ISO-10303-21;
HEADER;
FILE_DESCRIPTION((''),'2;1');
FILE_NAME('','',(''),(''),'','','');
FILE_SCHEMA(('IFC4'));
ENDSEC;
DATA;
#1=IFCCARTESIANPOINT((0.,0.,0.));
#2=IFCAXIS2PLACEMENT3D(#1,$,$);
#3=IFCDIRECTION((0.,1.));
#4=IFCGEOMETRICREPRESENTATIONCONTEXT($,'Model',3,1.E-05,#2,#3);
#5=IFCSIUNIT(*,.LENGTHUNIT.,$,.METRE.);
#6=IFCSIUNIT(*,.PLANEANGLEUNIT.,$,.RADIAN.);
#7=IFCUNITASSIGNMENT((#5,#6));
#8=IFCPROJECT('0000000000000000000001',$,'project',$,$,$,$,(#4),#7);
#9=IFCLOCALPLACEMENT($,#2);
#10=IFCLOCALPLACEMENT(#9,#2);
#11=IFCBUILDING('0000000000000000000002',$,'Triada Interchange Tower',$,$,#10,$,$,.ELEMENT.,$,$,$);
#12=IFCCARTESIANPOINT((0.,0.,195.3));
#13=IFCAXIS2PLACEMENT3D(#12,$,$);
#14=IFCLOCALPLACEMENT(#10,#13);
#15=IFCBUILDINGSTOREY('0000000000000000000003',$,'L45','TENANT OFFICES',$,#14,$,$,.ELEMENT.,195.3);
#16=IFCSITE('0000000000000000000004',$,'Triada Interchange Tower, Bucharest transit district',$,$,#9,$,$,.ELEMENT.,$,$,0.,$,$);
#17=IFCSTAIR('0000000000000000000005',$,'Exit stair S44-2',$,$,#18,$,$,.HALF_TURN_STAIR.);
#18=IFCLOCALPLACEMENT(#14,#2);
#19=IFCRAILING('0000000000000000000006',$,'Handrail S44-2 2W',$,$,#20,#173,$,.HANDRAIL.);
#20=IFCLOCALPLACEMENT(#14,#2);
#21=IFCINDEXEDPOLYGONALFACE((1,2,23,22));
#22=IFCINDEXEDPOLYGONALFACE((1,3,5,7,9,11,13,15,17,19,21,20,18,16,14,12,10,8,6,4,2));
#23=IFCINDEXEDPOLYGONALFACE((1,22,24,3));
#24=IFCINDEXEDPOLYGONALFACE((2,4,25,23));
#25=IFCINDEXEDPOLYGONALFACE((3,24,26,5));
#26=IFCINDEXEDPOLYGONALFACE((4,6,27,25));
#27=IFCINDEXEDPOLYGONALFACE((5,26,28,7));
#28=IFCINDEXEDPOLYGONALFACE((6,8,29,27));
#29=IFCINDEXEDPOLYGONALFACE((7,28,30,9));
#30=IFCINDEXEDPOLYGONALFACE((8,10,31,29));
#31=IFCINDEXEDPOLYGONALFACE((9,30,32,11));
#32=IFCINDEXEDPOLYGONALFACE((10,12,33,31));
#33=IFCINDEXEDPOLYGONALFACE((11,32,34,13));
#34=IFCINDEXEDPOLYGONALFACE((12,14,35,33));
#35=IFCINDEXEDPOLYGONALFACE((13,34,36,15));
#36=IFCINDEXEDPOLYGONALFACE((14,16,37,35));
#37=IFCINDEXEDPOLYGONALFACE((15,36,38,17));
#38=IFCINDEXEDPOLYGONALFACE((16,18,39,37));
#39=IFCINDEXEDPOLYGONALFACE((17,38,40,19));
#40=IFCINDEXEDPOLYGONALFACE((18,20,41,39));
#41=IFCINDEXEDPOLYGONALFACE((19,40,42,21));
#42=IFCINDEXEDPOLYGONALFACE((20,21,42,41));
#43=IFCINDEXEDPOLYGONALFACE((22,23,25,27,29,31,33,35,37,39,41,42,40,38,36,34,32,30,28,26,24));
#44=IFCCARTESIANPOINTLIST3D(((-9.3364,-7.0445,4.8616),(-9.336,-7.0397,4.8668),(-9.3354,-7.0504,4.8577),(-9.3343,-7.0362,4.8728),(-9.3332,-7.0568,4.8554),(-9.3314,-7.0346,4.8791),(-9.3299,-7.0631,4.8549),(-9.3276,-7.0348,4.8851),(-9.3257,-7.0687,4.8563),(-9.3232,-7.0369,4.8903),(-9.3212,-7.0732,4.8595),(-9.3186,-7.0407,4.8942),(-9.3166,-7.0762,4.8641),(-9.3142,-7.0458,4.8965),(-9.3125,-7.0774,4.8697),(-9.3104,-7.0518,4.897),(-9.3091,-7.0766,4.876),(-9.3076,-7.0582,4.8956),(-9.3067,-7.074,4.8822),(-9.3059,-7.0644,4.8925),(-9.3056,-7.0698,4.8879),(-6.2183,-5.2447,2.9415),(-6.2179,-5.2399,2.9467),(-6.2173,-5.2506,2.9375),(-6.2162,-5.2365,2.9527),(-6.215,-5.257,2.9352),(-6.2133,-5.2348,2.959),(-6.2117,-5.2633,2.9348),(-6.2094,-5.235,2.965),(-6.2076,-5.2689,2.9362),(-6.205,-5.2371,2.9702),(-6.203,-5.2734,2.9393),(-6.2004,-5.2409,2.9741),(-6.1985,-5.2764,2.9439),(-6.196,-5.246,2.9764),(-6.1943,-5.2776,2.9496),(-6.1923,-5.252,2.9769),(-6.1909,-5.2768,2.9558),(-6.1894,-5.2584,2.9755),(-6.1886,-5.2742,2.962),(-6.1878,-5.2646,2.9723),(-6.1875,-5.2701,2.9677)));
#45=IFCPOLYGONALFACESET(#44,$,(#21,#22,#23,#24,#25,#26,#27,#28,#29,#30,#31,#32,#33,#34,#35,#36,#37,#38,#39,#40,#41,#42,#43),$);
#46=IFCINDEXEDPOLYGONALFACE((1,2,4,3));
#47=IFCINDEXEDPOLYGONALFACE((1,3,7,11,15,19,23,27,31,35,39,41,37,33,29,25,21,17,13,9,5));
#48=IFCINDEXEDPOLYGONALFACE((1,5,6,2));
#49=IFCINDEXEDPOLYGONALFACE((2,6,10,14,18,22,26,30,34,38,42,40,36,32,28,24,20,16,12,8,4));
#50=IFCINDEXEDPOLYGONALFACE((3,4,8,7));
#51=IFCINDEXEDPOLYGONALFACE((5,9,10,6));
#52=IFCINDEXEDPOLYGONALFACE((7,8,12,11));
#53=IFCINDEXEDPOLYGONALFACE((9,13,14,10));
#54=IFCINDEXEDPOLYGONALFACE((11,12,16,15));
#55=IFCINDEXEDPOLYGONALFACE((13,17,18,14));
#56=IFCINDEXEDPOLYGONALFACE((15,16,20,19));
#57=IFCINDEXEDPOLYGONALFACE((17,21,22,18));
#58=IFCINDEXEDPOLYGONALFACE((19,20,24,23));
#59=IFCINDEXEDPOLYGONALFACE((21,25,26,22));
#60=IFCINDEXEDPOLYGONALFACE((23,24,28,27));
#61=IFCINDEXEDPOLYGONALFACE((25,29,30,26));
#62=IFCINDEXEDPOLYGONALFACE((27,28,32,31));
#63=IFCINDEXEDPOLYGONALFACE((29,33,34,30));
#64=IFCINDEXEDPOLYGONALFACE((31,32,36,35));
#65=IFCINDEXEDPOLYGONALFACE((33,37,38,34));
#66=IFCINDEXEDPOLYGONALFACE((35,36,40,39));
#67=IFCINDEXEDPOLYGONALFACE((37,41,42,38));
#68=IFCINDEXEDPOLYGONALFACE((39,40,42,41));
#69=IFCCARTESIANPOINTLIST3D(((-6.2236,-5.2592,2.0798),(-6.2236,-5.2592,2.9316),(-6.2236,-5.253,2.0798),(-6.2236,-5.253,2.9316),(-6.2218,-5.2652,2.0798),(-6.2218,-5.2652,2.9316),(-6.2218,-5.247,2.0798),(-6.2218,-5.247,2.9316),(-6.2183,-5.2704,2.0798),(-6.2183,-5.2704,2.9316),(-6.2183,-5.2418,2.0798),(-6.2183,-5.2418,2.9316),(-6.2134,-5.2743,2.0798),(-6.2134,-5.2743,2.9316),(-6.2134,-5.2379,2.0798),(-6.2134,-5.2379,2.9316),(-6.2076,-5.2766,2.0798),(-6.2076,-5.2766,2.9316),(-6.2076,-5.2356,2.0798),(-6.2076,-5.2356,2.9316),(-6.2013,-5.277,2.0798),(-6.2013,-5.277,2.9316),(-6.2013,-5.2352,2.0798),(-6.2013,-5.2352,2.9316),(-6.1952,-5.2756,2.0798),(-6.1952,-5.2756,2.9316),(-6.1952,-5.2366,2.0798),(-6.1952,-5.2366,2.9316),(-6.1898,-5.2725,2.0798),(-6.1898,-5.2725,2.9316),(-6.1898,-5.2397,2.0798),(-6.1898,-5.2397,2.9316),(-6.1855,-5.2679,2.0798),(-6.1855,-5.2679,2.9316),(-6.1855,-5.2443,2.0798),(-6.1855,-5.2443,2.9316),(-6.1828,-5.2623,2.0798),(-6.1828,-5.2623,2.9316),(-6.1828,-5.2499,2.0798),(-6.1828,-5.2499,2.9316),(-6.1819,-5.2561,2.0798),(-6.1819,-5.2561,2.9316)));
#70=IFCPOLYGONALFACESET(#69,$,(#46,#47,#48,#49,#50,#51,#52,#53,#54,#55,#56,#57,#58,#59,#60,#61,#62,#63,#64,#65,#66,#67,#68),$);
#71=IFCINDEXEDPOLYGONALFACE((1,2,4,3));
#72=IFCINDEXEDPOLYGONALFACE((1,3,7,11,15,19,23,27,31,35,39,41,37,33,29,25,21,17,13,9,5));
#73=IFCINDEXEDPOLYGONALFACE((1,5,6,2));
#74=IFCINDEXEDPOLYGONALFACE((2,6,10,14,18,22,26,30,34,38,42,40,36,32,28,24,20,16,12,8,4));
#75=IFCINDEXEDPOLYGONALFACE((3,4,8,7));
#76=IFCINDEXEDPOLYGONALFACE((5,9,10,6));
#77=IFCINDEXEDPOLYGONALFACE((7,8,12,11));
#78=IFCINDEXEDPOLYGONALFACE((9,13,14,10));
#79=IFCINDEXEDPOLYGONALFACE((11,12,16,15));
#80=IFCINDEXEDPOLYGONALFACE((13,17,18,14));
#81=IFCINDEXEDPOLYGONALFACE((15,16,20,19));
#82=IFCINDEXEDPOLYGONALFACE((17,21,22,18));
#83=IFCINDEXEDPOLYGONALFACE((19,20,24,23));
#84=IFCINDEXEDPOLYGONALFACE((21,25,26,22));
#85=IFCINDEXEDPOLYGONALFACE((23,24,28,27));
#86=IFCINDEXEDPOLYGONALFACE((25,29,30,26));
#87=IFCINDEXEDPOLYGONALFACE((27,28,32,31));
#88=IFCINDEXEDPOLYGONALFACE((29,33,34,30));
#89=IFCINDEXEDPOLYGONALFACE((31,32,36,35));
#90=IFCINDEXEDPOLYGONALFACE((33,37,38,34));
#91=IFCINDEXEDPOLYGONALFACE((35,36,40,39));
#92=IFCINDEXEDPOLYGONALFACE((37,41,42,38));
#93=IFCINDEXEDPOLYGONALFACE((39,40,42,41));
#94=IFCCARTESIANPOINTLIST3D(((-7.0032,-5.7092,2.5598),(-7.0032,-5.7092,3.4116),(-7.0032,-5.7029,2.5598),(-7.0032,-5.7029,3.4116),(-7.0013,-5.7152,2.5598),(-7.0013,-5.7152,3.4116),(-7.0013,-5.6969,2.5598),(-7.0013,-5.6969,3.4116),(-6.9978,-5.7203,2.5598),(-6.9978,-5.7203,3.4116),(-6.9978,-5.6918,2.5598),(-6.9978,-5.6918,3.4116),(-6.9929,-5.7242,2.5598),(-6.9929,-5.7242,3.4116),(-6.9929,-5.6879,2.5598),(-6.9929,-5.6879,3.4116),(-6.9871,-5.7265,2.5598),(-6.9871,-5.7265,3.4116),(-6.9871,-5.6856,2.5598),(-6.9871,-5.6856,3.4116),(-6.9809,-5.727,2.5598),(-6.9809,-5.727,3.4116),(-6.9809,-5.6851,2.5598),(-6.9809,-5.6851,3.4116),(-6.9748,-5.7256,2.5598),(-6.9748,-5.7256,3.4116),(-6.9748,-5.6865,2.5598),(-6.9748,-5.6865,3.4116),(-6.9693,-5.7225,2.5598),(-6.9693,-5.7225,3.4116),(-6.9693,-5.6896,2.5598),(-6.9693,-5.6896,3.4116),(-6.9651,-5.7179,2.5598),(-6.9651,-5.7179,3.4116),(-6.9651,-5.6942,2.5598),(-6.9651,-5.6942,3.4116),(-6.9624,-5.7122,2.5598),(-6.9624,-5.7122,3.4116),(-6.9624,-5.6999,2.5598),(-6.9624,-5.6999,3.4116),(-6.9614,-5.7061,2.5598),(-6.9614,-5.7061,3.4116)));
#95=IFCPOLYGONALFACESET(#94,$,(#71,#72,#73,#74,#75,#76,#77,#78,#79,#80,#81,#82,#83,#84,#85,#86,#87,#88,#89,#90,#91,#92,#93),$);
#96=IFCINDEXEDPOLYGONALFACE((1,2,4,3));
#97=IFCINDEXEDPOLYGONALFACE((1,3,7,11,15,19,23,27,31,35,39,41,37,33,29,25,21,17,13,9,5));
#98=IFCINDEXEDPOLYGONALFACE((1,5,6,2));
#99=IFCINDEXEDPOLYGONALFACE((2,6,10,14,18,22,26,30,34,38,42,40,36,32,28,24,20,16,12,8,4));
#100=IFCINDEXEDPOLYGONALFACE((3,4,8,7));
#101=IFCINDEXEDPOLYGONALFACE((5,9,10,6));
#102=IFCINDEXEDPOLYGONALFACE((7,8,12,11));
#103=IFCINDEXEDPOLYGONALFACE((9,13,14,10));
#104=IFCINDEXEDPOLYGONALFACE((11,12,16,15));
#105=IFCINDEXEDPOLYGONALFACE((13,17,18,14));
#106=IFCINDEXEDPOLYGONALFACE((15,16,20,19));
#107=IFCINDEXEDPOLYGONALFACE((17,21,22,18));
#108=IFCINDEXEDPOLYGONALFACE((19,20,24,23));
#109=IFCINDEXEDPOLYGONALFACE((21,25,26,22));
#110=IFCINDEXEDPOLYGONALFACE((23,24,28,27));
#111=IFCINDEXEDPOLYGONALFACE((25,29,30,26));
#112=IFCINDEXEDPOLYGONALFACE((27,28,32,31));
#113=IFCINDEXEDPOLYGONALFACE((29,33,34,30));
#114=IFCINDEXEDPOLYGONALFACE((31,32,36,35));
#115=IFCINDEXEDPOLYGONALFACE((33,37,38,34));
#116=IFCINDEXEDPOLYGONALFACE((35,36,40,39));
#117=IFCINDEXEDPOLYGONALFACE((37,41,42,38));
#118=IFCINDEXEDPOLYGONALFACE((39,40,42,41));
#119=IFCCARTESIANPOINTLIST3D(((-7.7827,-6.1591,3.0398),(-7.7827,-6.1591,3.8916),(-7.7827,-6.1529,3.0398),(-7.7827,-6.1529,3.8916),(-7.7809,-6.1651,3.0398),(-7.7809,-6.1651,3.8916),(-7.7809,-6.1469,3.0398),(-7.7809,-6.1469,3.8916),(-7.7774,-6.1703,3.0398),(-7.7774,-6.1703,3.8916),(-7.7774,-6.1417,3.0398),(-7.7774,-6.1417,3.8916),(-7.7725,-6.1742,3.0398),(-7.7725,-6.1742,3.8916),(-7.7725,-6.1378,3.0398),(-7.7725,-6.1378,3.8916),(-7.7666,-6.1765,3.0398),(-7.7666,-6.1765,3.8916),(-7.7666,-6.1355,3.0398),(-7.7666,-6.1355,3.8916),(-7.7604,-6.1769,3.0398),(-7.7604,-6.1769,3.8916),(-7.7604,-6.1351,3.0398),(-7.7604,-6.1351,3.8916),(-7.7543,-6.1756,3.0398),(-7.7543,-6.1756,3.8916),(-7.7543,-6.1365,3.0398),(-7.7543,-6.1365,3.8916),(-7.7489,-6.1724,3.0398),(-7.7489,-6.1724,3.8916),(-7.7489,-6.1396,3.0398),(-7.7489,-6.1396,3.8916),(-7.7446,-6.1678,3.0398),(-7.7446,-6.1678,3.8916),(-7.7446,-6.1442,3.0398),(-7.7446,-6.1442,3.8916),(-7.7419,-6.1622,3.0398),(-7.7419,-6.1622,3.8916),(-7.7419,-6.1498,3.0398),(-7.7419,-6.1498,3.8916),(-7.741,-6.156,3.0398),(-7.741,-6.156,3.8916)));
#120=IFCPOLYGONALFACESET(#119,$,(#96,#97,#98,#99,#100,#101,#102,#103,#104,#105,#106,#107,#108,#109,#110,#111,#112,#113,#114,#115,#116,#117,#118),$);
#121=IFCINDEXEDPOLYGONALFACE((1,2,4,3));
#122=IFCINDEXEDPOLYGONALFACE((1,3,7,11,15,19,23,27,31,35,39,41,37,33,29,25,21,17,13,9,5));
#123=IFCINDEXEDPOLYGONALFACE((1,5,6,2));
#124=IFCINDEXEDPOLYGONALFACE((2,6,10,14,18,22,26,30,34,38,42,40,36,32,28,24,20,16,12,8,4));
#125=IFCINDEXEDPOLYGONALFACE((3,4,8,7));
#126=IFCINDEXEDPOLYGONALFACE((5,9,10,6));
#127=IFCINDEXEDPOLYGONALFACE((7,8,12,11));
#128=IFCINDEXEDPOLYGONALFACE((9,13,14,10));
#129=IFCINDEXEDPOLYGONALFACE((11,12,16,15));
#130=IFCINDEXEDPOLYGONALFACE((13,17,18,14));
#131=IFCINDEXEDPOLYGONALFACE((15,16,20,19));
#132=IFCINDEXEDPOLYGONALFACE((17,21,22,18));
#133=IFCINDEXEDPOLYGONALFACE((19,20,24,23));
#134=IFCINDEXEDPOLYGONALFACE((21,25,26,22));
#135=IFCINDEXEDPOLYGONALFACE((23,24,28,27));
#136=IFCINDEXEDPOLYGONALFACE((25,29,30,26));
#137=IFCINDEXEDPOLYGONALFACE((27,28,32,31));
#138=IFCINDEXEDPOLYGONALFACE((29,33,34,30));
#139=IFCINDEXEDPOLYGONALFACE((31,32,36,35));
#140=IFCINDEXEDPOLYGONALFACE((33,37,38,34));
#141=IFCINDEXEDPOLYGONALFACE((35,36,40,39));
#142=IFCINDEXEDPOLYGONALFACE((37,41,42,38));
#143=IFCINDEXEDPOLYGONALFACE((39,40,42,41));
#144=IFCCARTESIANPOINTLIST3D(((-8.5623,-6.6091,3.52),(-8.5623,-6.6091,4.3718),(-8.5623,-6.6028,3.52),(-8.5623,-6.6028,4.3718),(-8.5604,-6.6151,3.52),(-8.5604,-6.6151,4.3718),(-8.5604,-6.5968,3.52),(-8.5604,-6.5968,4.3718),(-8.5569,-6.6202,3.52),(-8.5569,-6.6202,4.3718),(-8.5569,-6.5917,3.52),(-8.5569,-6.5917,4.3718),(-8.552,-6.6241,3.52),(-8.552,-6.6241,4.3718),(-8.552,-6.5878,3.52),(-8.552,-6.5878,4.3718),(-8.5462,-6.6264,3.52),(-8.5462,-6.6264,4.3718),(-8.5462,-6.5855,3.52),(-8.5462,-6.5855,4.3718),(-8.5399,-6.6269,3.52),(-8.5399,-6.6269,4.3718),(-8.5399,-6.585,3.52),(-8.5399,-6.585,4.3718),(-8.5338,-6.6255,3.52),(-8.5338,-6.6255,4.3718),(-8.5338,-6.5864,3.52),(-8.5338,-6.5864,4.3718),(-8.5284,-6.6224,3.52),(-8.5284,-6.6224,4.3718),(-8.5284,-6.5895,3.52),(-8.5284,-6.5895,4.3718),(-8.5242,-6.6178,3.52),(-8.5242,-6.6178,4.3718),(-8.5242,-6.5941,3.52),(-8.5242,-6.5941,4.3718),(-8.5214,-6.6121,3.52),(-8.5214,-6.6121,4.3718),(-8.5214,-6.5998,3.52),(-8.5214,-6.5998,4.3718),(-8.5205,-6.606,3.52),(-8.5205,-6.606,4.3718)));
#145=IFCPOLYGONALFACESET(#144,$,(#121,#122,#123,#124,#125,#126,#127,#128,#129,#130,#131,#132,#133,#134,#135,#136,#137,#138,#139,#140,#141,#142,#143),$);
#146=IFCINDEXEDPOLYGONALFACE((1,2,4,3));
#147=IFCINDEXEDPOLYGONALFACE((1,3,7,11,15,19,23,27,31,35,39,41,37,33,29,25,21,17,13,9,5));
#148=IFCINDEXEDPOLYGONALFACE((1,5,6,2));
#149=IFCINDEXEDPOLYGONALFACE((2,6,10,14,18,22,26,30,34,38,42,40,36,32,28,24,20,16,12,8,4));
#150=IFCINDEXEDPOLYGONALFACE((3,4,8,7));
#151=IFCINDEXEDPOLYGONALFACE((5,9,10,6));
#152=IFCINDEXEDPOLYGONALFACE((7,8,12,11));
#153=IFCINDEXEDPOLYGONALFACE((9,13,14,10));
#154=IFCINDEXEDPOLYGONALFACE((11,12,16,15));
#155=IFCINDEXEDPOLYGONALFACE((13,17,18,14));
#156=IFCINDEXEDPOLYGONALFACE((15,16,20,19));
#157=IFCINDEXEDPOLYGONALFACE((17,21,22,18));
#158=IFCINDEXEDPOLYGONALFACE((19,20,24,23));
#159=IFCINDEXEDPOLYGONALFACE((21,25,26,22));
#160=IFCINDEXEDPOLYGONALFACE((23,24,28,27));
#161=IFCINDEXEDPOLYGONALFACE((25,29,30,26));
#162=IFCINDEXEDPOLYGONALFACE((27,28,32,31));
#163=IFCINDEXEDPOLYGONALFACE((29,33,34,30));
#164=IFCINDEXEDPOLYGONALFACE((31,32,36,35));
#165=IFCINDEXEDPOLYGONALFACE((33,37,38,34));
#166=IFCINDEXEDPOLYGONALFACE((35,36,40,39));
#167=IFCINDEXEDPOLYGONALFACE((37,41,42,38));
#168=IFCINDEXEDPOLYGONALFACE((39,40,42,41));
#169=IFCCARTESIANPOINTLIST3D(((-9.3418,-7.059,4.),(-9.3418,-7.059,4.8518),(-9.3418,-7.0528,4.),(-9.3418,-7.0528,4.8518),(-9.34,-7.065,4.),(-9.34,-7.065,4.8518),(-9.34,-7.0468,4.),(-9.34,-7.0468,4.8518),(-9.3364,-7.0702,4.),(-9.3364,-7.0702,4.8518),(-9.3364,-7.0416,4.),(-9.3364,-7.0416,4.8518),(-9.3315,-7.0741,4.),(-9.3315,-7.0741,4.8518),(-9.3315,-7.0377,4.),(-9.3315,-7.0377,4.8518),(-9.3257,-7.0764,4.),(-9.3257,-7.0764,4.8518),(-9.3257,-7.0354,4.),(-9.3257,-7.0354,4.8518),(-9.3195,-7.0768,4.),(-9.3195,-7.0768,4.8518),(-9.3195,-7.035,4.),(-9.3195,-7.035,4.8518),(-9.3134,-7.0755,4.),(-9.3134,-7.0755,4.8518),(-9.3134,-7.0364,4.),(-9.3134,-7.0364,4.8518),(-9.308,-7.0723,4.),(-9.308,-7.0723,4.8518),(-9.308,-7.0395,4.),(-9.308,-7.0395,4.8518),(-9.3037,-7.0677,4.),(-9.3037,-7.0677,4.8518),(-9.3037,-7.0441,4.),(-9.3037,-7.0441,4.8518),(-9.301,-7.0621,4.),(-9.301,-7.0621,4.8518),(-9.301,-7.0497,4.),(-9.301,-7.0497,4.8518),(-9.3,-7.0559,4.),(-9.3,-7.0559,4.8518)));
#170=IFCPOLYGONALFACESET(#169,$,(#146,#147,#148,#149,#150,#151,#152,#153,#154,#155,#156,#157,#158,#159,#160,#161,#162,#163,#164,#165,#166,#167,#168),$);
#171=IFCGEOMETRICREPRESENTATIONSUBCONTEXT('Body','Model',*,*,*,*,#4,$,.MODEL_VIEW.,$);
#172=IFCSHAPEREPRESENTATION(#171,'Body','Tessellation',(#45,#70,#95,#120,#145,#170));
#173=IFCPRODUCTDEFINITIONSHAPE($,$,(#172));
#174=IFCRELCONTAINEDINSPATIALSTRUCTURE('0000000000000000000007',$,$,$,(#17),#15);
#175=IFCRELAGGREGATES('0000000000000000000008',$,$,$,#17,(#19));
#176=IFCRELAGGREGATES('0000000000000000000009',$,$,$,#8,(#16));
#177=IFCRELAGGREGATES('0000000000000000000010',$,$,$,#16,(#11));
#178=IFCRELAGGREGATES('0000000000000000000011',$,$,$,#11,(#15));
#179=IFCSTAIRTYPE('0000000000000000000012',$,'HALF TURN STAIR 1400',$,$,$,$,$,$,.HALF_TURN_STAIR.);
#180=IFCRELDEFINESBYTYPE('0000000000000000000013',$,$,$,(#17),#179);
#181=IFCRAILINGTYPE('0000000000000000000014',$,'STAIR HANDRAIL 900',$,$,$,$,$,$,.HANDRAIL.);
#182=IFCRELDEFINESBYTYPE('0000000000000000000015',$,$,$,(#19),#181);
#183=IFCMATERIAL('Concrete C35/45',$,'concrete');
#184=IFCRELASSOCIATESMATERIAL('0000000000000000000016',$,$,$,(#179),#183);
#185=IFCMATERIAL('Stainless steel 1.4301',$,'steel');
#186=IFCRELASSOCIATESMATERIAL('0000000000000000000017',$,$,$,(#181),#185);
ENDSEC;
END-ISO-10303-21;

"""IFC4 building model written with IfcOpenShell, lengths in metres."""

from ifc_helpers import new_model, si_unit, direction, frame, origin, origin_2d, place, context, subcontext, project, spatial, circle, extrude, material, type_object, element, aggregate, save


model = new_model("IFC4")

# Units and contexts
model_context = context("Model", 3, precision=1e-05, world=origin(), true_north=direction((0.0, 1.0)))
body_context = subcontext(model_context, "Body", "Model", "MODEL_VIEW")
ifc_project = project(units=[si_unit("LENGTHUNIT", "METRE"), si_unit("PLANEANGLEUNIT", "RADIAN")], contexts=[model_context])

# Site, building, storey
site_placement = place(None, origin())
site = spatial("IfcSite", under=ifc_project, at=site_placement, Name="Triada Interchange Tower, Bucharest transit district", CompositionType="ELEMENT", RefElevation=0.0)
building_placement = place(site_placement, origin())
building = spatial("IfcBuilding", under=site, at=building_placement, Name="Triada Interchange Tower", CompositionType="ELEMENT")
storey_placement = place(building_placement, frame((0.0, 0.0, 195.3)))
storey = spatial("IfcBuildingStorey", under=building, at=storey_placement, Name="L45", Description="TENANT OFFICES", CompositionType="ELEMENT", Elevation=195.3)

# Stair
ifc_material_1 = material(Name="Concrete C35/45", Category="concrete")
stair_type = type_object("IfcStairType", Name="HALF TURN STAIR 1400", PredefinedType="HALF_TURN_STAIR", material=ifc_material_1)
stair_placement = place(storey_placement, origin())
stair = element("IfcStair", 1, at=stair_placement, inside=storey, type_object=stair_type, Name="Exit stair S44-2", PredefinedType="HALF_TURN_STAIR")

# Railing
ifc_material_2 = material(Name="Stainless steel 1.4301", Category="steel")
railing_type = type_object("IfcRailingType", Name="STAIR HANDRAIL 900", PredefinedType="HANDRAIL", material=ifc_material_2)
railing_1_placement = place(storey_placement, frame((-6.2029, -5.2561, 2.0798)))
railing_1 = element("IfcRailing", 2, at=railing_1_placement, type_object=railing_type, Name="Handrail S44-2 2W", PredefinedType="HANDRAIL", context=body_context, shape_type="SweptSolid", body=[
    extrude(circle(Radius=0.0239, at=origin_2d()), frame((0.0, 0.0, 0.876), z_axis=(-0.76419, -0.44109, 0.470588), x_axis=(0.499902, -0.866082, 0.0)), (0.0, 0.0, 1.0), 4.0803),
    extrude(circle(Radius=0.021, at=origin_2d()), origin(), (0.0, 0.0, 1.0), 0.8518),
    extrude(circle(Radius=0.021, at=origin_2d()), frame((-0.7795, -0.45, 0.48)), (0.0, 0.0, 1.0), 0.8518),
    extrude(circle(Radius=0.021, at=origin_2d()), frame((-1.5591, -0.8999, 0.96)), (0.0, 0.0, 1.0), 0.8518),
    extrude(circle(Radius=0.021, at=origin_2d()), frame((-2.3386, -1.3499, 1.4402)), (0.0, 0.0, 1.0), 0.8518),
    extrude(circle(Radius=0.021, at=origin_2d()), frame((-3.1182, -1.7998, 1.9202)), (0.0, 0.0, 1.0), 0.8518),
])
aggregate(stair, [railing_1])

save(model, "model.ifc")
